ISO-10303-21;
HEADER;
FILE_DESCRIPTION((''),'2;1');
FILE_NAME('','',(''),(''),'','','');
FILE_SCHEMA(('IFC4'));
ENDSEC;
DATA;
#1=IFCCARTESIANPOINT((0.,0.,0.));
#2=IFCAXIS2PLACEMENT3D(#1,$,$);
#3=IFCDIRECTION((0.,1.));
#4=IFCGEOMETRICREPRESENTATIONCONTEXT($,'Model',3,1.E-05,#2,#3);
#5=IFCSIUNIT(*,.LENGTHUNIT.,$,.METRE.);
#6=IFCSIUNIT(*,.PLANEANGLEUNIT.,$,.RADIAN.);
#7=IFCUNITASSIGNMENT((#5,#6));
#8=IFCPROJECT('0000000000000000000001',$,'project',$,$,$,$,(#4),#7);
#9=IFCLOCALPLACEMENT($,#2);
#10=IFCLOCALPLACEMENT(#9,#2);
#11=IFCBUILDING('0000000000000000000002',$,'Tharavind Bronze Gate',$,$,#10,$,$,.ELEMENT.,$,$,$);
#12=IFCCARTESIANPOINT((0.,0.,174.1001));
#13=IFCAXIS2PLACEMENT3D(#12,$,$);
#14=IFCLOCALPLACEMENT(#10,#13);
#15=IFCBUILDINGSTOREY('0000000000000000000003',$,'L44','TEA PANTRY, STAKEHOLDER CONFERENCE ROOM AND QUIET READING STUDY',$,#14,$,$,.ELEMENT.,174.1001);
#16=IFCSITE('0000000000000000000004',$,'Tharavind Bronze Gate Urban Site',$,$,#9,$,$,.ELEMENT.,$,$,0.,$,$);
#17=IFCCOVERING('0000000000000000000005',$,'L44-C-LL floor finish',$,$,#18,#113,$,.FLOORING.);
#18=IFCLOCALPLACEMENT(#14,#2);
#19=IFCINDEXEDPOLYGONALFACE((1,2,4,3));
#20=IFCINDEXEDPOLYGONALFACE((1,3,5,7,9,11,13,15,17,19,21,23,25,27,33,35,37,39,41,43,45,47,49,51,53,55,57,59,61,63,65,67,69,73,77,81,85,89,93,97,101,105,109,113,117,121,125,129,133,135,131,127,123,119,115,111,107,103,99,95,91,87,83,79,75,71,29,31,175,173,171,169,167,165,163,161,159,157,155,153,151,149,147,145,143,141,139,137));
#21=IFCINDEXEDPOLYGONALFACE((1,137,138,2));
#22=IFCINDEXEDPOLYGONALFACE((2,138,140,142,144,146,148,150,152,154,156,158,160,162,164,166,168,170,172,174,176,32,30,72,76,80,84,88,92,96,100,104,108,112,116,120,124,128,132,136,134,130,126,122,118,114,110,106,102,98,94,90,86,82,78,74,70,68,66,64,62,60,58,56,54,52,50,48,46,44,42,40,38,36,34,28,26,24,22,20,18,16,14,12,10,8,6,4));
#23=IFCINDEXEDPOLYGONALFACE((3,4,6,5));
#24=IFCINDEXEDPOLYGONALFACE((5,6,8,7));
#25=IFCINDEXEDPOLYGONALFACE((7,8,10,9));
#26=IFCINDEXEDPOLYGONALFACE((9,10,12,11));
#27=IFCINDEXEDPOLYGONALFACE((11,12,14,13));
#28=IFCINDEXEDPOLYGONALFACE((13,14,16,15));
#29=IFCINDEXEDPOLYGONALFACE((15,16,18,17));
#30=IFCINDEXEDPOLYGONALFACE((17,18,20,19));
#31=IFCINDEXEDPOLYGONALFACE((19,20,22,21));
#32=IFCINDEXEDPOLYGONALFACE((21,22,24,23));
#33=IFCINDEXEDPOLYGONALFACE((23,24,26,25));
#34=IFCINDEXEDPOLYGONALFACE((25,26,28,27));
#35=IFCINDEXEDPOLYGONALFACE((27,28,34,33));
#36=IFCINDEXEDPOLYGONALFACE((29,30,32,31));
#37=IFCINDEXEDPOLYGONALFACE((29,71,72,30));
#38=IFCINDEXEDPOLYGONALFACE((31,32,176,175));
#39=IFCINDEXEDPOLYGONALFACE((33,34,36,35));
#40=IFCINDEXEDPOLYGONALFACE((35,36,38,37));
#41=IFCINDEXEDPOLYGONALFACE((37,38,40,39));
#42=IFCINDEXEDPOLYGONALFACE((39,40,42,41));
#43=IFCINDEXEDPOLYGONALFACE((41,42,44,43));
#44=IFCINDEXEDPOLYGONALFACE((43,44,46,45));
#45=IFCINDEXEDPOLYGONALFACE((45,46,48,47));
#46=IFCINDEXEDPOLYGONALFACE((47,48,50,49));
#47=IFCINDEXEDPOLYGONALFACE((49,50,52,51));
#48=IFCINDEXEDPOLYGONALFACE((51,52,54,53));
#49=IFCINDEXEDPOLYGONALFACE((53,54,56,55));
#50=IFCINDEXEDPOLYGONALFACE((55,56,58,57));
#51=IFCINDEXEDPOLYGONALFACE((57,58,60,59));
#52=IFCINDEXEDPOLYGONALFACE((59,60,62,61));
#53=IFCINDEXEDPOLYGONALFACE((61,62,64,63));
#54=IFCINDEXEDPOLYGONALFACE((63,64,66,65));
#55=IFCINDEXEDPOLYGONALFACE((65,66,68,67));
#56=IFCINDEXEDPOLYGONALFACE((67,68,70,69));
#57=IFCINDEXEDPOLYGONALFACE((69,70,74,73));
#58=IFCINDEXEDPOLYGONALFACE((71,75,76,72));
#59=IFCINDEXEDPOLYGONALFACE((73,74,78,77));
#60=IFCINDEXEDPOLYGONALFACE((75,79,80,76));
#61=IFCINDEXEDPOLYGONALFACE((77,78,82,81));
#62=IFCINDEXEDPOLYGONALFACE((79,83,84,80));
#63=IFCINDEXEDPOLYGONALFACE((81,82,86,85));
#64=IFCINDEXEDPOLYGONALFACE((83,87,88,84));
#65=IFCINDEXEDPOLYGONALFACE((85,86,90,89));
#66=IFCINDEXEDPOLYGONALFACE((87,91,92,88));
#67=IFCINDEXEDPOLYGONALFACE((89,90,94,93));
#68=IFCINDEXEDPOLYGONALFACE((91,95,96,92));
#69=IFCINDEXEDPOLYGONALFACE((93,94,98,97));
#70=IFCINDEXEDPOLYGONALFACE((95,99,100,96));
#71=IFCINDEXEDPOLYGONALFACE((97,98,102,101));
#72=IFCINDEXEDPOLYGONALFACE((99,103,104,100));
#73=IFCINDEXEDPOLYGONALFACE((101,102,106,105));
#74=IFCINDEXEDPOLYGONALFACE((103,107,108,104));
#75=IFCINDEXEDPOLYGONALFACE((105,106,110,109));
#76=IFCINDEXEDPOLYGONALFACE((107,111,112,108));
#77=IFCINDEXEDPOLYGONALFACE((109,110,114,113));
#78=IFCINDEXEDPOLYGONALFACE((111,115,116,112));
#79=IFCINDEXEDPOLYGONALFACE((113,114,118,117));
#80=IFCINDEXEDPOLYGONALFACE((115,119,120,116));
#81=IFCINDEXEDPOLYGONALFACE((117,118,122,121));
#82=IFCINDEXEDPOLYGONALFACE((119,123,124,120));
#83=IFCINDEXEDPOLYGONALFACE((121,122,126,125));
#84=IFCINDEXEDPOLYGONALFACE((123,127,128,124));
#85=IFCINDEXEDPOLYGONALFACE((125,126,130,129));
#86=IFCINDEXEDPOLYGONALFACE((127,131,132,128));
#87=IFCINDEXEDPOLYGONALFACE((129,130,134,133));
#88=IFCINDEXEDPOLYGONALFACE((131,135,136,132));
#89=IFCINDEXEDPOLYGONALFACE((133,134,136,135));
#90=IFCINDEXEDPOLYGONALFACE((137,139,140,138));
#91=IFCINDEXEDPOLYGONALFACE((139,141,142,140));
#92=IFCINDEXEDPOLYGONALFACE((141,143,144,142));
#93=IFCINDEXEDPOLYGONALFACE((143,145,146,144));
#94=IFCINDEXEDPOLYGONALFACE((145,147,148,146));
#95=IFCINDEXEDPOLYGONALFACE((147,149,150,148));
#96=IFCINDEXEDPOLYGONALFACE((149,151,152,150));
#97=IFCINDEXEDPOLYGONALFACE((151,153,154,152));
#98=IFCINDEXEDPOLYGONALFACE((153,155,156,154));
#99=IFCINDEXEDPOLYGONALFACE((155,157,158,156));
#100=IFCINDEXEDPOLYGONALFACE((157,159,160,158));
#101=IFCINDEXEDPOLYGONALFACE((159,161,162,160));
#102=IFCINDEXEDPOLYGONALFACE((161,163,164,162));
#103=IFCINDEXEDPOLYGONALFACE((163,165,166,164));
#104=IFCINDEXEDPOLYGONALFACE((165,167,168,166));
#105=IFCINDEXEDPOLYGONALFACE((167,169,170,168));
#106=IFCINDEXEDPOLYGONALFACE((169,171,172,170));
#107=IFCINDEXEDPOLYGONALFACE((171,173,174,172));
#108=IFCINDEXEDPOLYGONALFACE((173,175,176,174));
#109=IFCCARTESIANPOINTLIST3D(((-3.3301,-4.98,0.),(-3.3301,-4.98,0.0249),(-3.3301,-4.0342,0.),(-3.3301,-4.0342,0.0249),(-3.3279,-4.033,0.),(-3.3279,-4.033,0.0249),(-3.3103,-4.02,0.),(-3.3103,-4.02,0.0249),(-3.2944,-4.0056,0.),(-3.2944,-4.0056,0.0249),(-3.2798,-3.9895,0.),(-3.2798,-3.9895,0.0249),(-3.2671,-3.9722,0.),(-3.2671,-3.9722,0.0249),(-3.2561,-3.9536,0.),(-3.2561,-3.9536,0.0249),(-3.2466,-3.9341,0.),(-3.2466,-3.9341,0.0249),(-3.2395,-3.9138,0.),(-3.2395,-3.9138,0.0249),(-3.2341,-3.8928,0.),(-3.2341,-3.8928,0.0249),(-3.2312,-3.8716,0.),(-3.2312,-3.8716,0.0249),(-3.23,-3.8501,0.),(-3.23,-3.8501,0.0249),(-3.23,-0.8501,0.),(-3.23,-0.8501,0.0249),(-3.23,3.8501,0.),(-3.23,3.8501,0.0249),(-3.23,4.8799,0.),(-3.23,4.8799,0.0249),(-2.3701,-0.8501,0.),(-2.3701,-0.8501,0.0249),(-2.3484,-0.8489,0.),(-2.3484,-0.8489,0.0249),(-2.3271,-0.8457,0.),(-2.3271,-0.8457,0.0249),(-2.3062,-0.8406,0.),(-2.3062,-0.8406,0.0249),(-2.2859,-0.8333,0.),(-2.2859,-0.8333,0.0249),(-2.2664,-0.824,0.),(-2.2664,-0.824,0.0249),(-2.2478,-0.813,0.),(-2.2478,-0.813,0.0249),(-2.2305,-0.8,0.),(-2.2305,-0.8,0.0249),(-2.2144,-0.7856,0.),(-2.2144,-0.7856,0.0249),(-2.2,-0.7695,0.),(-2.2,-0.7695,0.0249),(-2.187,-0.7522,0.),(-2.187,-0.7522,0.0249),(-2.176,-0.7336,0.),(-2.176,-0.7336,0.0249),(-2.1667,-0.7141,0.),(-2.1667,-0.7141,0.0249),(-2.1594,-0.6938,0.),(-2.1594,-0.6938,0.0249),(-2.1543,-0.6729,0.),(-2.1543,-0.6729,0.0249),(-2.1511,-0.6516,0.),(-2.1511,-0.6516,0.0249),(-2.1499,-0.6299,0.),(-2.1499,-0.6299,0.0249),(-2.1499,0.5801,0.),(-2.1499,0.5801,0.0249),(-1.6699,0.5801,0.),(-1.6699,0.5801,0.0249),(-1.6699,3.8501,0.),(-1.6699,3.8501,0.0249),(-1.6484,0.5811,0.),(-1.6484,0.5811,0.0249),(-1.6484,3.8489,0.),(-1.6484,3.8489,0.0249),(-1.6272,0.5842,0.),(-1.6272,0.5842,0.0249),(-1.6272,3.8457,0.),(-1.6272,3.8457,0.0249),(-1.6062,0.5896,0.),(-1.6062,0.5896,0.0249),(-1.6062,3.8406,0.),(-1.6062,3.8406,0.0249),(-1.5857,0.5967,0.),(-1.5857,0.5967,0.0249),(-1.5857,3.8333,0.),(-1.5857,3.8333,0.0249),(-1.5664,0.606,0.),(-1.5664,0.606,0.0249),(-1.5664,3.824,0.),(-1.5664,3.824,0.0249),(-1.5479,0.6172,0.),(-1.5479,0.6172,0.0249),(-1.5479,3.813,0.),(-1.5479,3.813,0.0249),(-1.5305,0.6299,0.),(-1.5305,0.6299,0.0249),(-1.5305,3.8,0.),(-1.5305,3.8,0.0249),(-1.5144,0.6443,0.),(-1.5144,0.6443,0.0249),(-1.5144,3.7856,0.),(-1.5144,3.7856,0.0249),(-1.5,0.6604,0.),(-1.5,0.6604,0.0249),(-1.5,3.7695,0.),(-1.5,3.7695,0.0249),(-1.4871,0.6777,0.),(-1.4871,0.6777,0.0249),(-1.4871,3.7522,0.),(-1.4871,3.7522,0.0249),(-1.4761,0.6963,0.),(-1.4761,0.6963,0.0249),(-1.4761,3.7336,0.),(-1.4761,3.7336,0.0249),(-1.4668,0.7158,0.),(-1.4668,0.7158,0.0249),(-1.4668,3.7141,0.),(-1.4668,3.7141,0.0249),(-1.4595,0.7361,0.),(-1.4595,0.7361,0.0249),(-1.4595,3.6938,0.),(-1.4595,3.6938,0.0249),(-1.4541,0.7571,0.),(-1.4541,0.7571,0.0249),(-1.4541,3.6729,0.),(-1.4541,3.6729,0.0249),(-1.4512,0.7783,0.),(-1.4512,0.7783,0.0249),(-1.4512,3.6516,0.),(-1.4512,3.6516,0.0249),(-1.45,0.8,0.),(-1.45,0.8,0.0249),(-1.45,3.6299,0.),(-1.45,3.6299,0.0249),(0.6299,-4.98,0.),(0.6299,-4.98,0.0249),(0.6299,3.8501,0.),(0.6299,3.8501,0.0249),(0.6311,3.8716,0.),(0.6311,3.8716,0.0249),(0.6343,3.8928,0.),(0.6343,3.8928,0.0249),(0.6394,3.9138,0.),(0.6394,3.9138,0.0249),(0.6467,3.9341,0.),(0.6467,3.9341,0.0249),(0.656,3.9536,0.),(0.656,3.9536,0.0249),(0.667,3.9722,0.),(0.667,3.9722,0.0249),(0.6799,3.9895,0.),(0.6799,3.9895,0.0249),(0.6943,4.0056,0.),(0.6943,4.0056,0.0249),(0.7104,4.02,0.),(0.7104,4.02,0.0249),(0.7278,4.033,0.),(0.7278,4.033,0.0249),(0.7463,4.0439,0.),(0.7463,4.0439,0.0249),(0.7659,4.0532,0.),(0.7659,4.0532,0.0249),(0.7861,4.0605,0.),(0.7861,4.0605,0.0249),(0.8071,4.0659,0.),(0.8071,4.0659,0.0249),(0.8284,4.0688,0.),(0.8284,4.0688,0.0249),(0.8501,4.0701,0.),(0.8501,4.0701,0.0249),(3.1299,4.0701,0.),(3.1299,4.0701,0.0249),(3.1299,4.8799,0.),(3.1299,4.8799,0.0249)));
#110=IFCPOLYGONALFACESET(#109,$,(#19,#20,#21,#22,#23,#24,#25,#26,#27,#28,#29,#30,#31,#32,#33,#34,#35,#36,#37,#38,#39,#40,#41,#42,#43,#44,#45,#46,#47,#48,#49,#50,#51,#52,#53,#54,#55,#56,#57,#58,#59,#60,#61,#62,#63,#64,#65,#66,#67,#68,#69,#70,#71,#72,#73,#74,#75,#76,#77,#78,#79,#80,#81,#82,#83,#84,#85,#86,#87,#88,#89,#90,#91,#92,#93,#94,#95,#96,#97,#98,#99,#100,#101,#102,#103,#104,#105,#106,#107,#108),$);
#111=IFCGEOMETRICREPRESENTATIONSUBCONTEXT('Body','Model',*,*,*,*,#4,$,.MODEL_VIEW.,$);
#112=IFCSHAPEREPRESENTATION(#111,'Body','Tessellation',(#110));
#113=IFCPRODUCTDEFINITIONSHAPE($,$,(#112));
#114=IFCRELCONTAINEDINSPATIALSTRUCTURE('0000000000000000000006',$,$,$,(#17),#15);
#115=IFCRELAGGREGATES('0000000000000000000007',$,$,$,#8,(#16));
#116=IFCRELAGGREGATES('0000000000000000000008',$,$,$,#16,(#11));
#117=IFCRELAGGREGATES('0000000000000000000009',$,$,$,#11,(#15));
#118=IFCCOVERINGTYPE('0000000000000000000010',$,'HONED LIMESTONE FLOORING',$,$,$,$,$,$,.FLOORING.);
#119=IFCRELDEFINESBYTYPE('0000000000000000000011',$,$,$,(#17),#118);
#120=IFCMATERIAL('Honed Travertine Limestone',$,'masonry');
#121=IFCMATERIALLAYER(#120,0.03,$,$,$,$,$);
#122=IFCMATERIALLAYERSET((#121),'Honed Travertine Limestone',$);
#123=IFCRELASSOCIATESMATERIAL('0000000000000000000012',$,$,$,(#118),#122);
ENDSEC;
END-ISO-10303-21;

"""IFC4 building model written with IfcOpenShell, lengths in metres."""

from ifc_helpers import new_model, si_unit, direction, frame, origin, place, context, subcontext, project, spatial, polyline, outline, extrude, material, layer, layer_set, type_object, element, save


model = new_model("IFC4")

# Units and contexts
model_context = context("Model", 3, precision=1e-05, world=origin(), true_north=direction((0.0, 1.0)))
body_context = subcontext(model_context, "Body", "Model", "MODEL_VIEW")
ifc_project = project(units=[si_unit("LENGTHUNIT", "METRE"), si_unit("PLANEANGLEUNIT", "RADIAN")], contexts=[model_context])

# Site, building, storey
site_placement = place(None, origin())
site = spatial("IfcSite", under=ifc_project, at=site_placement, Name="Tharavind Bronze Gate Urban Site", CompositionType="ELEMENT", RefElevation=0.0)
building_placement = place(site_placement, origin())
building = spatial("IfcBuilding", under=site, at=building_placement, Name="Tharavind Bronze Gate", CompositionType="ELEMENT")
storey_placement = place(building_placement, frame((0.0, 0.0, 174.1001)))
storey = spatial("IfcBuildingStorey", under=building, at=storey_placement, Name="L44", Description="TEA PANTRY, STAKEHOLDER CONFERENCE ROOM AND QUIET READING STUDY", CompositionType="ELEMENT", Elevation=174.1001)

# Covering
ifc_material_1 = material(Name="Honed Travertine Limestone", Category="masonry")
ifc_layer_1 = layer(ifc_material_1, 0.03)
ifc_layer_set_1 = layer_set([ifc_layer_1], Name="Honed Travertine Limestone")
covering_type_1 = type_object("IfcCoveringType", Name="HONED LIMESTONE FLOORING", PredefinedType="FLOORING", material=ifc_layer_set_1)
covering_1_placement = place(storey_placement, origin())
element("IfcCovering", 1, at=covering_1_placement, inside=storey, type_object=covering_type_1, Name="L44-C-LL floor finish", PredefinedType="FLOORING", context=body_context, shape_type="SweptSolid", body=[
    extrude(outline(polyline([(-3.3301, -4.98), (0.6299, -4.98), (0.6299, 3.8501), (0.6311, 3.8716), (0.6343, 3.8928), (0.6394, 3.9138), (0.6467, 3.9341), (0.656, 3.9536), (0.667, 3.9722), (0.6799, 3.9895), (0.6943, 4.0056), (0.7104, 4.02), (0.7278, 4.033), (0.7463, 4.0439), (0.7659, 4.0532), (0.7861, 4.0605), (0.8071, 4.0659), (0.8284, 4.0688), (0.8501, 4.0701), (3.1299, 4.0701), (3.1299, 4.8799), (-3.23, 4.8799), (-3.23, 3.8501), (-1.6699, 3.8501), (-1.6484, 3.8489), (-1.6272, 3.8457), (-1.6062, 3.8406), (-1.5857, 3.8333), (-1.5664, 3.824), (-1.5479, 3.813), (-1.5305, 3.8), (-1.5144, 3.7856), (-1.5, 3.7695), (-1.4871, 3.7522), (-1.4761, 3.7336), (-1.4668, 3.7141), (-1.4595, 3.6938), (-1.4541, 3.6729), (-1.4512, 3.6516), (-1.45, 3.6299), (-1.45, 0.8), (-1.4512, 0.7783), (-1.4541, 0.7571), (-1.4595, 0.7361), (-1.4668, 0.7158), (-1.4761, 0.6963), (-1.4871, 0.6777), (-1.5, 0.6604), (-1.5144, 0.6443), (-1.5305, 0.6299), (-1.5479, 0.6172), (-1.5664, 0.606), (-1.5857, 0.5967), (-1.6062, 0.5896), (-1.6272, 0.5842), (-1.6484, 0.5811), (-1.6699, 0.5801), (-2.1499, 0.5801), (-2.1499, -0.6299), (-2.1511, -0.6516), (-2.1543, -0.6729), (-2.1594, -0.6938), (-2.1667, -0.7141), (-2.176, -0.7336), (-2.187, -0.7522), (-2.2, -0.7695), (-2.2144, -0.7856), (-2.2305, -0.8), (-2.2478, -0.813), (-2.2664, -0.824), (-2.2859, -0.8333), (-2.3062, -0.8406), (-2.3271, -0.8457), (-2.3484, -0.8489), (-2.3701, -0.8501), (-3.23, -0.8501), (-3.23, -3.8501), (-3.2312, -3.8716), (-3.2341, -3.8928), (-3.2395, -3.9138), (-3.2466, -3.9341), (-3.2561, -3.9536), (-3.2671, -3.9722), (-3.2798, -3.9895), (-3.2944, -4.0056), (-3.3103, -4.02), (-3.3279, -4.033), (-3.3301, -4.0342), (-3.3301, -4.98)])), origin(), (0.0, 0.0, 1.0), 0.0249),
])

save(model, "model.ifc")
